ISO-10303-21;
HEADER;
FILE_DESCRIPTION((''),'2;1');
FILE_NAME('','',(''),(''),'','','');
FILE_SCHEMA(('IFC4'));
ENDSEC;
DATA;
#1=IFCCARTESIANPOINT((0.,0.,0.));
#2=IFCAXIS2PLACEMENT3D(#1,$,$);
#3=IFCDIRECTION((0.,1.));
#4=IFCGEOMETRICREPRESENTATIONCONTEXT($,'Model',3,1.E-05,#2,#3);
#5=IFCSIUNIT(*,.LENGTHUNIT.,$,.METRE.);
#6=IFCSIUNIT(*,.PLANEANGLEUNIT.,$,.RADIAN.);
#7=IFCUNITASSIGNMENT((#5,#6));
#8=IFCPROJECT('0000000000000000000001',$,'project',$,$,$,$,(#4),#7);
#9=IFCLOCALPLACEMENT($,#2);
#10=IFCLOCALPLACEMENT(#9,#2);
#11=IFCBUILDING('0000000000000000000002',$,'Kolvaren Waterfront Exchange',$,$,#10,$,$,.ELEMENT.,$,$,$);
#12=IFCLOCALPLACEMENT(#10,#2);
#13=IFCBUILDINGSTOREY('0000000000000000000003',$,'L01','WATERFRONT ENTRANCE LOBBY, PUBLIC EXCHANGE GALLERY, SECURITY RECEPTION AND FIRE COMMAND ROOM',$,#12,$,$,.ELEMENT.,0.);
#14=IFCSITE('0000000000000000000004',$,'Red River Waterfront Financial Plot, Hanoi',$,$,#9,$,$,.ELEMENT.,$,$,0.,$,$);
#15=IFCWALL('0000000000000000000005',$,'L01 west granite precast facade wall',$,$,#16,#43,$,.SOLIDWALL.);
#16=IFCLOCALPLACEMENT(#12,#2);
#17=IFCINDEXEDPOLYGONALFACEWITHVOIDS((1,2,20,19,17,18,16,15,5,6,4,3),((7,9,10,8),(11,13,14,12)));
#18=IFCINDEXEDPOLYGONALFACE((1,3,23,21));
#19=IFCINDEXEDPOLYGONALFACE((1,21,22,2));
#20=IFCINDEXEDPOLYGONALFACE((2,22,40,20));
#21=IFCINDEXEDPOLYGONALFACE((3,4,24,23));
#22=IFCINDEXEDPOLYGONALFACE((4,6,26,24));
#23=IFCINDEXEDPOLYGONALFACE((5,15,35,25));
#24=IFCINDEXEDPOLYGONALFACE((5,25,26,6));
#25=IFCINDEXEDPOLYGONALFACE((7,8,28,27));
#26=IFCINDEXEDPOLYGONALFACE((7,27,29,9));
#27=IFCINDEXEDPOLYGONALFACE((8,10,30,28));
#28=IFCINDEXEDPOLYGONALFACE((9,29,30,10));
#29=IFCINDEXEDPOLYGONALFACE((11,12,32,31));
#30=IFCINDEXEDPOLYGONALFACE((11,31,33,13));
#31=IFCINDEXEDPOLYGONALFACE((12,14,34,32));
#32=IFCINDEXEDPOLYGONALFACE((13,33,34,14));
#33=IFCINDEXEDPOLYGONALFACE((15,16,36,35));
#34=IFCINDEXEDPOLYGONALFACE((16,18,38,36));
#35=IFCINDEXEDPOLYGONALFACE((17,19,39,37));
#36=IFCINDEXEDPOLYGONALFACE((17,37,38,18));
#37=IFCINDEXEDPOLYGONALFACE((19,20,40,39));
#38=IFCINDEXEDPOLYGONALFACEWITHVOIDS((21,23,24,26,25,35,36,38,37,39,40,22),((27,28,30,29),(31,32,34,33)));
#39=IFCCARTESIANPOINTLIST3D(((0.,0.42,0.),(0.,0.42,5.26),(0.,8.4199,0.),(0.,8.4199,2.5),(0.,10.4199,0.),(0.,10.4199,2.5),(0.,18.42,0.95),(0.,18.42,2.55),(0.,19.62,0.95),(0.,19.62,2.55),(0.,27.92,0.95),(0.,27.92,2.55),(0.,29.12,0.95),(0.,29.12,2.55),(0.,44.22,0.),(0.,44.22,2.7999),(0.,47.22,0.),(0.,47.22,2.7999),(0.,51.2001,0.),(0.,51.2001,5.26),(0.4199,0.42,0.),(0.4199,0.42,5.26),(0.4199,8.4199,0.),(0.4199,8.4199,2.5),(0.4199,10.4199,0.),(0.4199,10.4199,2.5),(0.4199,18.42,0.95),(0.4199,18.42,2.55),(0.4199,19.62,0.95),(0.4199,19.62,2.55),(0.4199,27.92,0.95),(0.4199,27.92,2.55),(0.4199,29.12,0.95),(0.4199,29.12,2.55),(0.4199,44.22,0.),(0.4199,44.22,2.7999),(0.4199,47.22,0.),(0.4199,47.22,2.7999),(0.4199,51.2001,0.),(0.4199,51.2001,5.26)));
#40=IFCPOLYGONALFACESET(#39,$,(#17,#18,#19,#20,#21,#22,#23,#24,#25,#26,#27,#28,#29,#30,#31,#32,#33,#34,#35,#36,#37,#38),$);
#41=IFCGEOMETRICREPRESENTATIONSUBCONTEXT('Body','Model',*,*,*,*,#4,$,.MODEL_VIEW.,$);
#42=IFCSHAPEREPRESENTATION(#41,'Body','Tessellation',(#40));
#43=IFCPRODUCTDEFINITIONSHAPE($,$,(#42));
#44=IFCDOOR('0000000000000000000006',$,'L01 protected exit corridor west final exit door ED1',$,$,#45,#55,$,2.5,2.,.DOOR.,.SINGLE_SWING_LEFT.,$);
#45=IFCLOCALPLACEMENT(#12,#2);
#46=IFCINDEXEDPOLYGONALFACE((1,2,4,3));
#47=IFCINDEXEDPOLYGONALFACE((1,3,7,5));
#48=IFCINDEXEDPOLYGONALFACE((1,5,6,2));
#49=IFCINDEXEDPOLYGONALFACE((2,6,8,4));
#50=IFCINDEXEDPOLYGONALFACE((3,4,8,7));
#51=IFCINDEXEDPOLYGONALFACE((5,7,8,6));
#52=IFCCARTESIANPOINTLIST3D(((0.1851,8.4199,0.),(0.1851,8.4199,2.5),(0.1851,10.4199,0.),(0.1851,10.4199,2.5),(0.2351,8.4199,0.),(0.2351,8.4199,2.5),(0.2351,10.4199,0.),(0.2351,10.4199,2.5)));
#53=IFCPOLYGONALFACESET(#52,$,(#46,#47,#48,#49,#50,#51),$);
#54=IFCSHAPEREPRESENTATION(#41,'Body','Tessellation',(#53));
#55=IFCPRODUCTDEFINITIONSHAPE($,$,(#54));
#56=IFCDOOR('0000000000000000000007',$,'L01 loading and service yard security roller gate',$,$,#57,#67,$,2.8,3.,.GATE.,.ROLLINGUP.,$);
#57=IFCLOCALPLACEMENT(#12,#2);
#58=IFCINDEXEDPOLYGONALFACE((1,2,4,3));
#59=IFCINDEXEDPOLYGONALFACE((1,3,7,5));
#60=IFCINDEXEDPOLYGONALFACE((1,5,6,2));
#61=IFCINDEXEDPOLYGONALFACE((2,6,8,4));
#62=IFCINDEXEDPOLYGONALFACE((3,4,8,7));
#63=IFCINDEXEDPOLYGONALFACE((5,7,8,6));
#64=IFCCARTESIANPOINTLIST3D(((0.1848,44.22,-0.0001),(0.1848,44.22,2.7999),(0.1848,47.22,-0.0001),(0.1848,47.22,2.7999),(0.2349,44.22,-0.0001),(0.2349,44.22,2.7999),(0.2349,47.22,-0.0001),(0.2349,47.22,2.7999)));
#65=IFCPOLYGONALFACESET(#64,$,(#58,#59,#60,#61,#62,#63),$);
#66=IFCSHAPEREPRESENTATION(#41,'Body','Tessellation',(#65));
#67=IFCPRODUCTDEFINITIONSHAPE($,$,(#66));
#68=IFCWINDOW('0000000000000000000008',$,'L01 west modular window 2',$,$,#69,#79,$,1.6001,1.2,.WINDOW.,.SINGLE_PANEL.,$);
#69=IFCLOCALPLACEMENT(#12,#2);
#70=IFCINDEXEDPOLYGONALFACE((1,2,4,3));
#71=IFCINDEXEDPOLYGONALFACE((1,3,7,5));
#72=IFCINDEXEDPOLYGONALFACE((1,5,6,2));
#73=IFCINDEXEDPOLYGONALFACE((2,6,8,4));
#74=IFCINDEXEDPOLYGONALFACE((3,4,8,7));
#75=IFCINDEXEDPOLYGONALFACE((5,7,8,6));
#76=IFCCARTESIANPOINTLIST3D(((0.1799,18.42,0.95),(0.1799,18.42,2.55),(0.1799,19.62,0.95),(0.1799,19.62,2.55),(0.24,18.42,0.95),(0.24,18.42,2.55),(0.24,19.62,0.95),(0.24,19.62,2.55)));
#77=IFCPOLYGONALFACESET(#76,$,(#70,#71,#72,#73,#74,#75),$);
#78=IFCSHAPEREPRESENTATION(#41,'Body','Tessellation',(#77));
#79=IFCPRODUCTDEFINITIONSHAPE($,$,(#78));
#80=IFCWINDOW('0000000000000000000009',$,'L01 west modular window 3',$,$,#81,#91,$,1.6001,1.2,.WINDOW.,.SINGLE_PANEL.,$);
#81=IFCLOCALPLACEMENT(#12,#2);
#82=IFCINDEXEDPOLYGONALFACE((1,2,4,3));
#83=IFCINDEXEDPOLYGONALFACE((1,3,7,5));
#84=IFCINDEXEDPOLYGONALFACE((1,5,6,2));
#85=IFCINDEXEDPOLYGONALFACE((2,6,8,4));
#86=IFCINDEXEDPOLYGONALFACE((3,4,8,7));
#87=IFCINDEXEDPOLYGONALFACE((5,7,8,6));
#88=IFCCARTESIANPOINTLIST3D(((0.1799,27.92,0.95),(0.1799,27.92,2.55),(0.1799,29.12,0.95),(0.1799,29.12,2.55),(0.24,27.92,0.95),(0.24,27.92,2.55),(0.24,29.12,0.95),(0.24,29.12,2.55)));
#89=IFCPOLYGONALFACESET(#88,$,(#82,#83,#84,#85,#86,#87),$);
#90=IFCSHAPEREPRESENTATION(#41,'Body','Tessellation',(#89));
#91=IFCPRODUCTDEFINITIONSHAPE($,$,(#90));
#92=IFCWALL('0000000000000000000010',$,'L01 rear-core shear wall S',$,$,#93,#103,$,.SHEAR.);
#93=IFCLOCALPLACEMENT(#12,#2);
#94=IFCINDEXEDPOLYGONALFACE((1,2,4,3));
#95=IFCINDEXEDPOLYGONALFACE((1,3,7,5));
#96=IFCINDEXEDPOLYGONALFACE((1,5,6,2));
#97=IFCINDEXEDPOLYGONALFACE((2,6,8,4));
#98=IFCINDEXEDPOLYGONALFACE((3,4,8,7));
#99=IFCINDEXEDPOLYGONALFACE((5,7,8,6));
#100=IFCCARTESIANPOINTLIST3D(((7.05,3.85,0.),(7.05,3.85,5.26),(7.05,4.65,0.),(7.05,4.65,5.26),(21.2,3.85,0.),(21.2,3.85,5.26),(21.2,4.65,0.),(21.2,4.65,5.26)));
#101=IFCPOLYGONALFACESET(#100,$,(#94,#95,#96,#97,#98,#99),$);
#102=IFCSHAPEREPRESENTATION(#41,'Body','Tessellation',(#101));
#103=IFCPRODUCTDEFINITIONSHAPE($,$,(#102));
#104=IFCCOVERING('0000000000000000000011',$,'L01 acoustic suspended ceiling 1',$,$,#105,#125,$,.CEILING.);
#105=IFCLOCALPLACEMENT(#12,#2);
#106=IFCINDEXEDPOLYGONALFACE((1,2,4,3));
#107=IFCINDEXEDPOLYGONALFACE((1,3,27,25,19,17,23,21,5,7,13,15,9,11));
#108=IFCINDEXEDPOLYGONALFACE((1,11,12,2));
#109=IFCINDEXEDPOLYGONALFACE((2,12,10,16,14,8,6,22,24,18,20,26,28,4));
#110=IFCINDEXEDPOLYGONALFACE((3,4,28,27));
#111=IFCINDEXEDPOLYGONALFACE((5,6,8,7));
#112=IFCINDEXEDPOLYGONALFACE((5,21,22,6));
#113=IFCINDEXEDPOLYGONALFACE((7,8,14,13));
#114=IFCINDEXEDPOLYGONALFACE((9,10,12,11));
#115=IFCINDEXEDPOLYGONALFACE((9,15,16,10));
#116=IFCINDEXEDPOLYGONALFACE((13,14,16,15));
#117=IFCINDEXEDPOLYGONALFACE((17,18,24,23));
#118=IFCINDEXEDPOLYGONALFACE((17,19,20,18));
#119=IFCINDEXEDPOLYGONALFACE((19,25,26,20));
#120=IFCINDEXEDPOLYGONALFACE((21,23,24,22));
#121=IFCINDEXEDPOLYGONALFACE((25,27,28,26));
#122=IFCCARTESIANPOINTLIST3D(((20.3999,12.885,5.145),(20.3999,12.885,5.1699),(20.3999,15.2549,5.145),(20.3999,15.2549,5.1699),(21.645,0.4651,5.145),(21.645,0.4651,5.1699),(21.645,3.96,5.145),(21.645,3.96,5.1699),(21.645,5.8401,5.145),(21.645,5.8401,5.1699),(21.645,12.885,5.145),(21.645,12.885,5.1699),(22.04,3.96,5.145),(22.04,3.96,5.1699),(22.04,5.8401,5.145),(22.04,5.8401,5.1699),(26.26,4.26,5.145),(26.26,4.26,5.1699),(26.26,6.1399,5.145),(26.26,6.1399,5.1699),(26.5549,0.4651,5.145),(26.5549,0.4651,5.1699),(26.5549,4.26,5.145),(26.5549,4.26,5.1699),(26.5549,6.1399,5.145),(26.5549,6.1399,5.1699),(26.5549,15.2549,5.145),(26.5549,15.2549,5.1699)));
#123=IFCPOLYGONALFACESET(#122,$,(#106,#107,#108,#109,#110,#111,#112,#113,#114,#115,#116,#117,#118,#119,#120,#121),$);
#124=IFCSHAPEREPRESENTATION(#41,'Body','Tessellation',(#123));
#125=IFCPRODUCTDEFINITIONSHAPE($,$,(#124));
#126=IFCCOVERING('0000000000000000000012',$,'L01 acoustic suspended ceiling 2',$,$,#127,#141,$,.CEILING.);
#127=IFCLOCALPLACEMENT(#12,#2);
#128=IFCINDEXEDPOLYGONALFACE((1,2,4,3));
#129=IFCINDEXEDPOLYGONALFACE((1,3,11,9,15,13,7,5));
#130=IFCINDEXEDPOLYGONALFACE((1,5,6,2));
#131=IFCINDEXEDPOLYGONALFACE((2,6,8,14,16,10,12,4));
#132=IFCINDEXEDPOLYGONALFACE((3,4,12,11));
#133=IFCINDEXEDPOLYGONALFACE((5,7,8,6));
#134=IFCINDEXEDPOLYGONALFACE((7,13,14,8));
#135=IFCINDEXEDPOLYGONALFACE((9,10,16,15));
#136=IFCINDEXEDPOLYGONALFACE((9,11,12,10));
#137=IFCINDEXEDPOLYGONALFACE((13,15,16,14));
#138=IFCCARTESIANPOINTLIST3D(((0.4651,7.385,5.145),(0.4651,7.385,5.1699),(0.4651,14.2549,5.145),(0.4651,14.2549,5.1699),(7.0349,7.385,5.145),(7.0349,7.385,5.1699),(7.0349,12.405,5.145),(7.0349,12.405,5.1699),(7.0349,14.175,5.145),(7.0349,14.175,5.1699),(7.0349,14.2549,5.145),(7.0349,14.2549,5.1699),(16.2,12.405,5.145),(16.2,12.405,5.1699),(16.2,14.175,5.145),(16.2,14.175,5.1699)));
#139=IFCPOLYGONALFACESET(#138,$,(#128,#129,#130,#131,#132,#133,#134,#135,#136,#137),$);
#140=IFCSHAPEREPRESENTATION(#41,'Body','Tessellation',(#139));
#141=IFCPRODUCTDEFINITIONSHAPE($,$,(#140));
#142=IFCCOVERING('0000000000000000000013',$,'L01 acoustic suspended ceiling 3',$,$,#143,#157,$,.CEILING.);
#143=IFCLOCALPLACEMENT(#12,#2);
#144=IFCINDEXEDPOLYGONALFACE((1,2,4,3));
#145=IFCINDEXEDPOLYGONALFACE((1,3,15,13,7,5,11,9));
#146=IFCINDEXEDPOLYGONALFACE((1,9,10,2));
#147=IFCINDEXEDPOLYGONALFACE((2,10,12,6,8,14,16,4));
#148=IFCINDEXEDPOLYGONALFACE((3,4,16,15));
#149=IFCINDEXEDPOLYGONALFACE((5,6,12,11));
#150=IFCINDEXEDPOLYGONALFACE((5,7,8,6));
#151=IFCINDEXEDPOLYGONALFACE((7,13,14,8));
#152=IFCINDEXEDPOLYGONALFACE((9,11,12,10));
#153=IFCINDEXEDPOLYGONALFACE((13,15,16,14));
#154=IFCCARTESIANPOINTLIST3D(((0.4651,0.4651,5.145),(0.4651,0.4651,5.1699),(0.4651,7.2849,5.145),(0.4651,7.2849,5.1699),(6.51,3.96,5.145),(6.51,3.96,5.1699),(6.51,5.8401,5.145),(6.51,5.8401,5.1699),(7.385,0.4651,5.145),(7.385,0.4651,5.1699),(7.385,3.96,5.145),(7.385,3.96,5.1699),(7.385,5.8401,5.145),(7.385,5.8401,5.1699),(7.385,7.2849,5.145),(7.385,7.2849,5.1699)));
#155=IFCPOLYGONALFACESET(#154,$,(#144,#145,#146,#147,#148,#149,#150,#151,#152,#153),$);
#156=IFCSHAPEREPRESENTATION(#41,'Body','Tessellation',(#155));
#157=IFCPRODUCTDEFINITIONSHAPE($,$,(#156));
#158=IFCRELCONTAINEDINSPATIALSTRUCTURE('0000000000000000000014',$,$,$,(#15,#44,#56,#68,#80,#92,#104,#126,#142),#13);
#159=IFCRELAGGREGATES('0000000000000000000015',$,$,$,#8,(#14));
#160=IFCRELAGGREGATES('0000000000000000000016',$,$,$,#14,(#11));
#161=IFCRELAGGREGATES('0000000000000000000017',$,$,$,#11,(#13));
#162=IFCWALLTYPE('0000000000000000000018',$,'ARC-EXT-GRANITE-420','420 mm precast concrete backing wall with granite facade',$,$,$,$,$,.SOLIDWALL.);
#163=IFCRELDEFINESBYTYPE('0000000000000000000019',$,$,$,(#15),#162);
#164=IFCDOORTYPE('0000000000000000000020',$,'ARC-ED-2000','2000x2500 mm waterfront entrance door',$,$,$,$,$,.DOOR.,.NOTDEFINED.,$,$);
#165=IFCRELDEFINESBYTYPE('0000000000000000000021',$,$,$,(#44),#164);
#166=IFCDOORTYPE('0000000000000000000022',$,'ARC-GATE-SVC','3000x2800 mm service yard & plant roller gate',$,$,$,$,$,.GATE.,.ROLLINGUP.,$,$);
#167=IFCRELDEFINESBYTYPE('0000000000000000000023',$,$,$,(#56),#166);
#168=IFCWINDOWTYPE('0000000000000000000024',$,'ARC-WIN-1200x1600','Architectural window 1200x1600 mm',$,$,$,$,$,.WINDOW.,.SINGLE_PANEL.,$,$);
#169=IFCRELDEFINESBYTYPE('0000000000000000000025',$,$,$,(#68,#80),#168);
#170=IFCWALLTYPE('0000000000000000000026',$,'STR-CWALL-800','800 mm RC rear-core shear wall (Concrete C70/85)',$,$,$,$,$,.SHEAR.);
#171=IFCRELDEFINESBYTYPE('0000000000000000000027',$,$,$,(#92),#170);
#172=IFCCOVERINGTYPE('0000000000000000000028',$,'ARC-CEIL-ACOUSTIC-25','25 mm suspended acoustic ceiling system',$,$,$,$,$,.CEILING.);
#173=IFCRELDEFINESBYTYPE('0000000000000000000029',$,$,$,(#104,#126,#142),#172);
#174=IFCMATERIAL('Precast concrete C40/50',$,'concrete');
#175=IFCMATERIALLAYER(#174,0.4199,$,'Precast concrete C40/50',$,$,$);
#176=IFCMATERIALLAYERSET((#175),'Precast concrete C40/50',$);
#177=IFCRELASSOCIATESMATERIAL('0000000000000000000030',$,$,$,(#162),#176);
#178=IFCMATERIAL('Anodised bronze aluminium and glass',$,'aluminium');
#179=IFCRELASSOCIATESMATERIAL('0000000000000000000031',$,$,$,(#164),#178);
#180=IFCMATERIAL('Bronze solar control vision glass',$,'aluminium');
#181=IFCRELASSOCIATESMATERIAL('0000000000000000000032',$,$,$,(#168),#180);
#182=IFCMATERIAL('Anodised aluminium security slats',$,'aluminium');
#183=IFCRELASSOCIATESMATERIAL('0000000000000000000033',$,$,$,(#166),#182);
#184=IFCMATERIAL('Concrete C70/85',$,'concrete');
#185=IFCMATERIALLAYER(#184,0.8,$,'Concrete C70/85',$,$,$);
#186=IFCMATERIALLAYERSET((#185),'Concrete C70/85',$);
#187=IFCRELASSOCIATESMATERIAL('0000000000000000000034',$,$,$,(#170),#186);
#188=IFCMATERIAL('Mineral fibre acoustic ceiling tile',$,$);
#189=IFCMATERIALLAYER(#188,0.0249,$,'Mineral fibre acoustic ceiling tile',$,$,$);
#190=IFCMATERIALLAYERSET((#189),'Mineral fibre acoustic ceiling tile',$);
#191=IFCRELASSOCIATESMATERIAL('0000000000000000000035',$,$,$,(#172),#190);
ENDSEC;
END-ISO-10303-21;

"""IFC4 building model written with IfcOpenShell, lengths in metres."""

from ifc_helpers import new_model, si_unit, direction, frame, frame_2d, origin, place, context, subcontext, project, spatial, polyline, rectangle, outline, extrude, material, layer, layer_set, type_object, element, fill, save


model = new_model("IFC4")

# Units and contexts
model_context = context("Model", 3, precision=1e-05, world=origin(), true_north=direction((0.0, 1.0)))
body_context = subcontext(model_context, "Body", "Model", "MODEL_VIEW")
ifc_project = project(units=[si_unit("LENGTHUNIT", "METRE"), si_unit("PLANEANGLEUNIT", "RADIAN")], contexts=[model_context])

# Site, building, storey
site_placement = place(None, origin())
site = spatial("IfcSite", under=ifc_project, at=site_placement, Name="Red River Waterfront Financial Plot, Hanoi", CompositionType="ELEMENT", RefElevation=0.0)
building_placement = place(site_placement, origin())
building = spatial("IfcBuilding", under=site, at=building_placement, Name="Kolvaren Waterfront Exchange", CompositionType="ELEMENT")
storey_placement = place(building_placement, origin())
storey = spatial("IfcBuildingStorey", under=building, at=storey_placement, Name="L01", Description="WATERFRONT ENTRANCE LOBBY, PUBLIC EXCHANGE GALLERY, SECURITY RECEPTION AND FIRE COMMAND ROOM", CompositionType="ELEMENT", Elevation=0.0)

# Shared definitions
ifc_material_1 = material(Name="Precast concrete C40/50", Category="concrete")

# Wall, openings, doors, windows
ifc_layer_1 = layer(ifc_material_1, 0.4199, Name="Precast concrete C40/50")
ifc_layer_set_1 = layer_set([ifc_layer_1], Name="Precast concrete C40/50")
wall_type_1 = type_object("IfcWallType", Name="ARC-EXT-GRANITE-420", Description="420 mm precast concrete backing wall with granite facade", PredefinedType="SOLIDWALL", material=ifc_layer_set_1)
ifc_material_2 = material(Name="Anodised bronze aluminium and glass", Category="aluminium")
door_type_1 = type_object("IfcDoorType", Name="ARC-ED-2000", Description="2000x2500 mm waterfront entrance door", OperationType="NOTDEFINED", PredefinedType="DOOR", material=ifc_material_2)
ifc_material_3 = material(Name="Bronze solar control vision glass", Category="aluminium")
window_type = type_object("IfcWindowType", Name="ARC-WIN-1200x1600", Description="Architectural window 1200x1600 mm", PartitioningType="SINGLE_PANEL", PredefinedType="WINDOW", material=ifc_material_3)
wall_1_placement = place(storey_placement, frame((0.21, 0.4199, 0.0), z_axis=(0.0, 0.0, 1.0), x_axis=(0.0, 1.0, 0.0)))
wall_1 = element("IfcWall", 1, at=wall_1_placement, inside=storey, type_object=wall_type_1, Name="L01 west granite precast facade wall", PredefinedType="SOLIDWALL", context=body_context, shape_type="SweptSolid", body=[
    extrude(rectangle(XDim=50.78, YDim=0.4199, at=frame_2d((25.3901, 0.0))), origin(), (0.0, 0.0, 1.0), 5.26),
])
opening_1_placement = place(wall_1_placement, frame((18.0, 0.0, 0.95)))
opening_1 = element("IfcOpeningElement", 2, at=opening_1_placement, cuts=wall_1, PredefinedType="OPENING", context=body_context, shape_type="SweptSolid", body=[
    extrude(rectangle(XDim=1.2, YDim=1.6001, at=frame_2d((0.6001, 0.8))), frame((0.0, 0.22, 0.0), z_axis=(0.0, -1.0, 0.0), x_axis=(1.0, 0.0, 0.0)), (0.0, 0.0, 1.0), 0.4399),
])
opening_2_placement = place(wall_1_placement, frame((27.5, 0.0, 0.95)))
opening_2 = element("IfcOpeningElement", 3, at=opening_2_placement, cuts=wall_1, PredefinedType="OPENING", context=body_context, shape_type="SweptSolid", body=[
    extrude(rectangle(XDim=1.2, YDim=1.6001, at=frame_2d((0.6001, 0.8))), frame((0.0, 0.22, 0.0), z_axis=(0.0, -1.0, 0.0), x_axis=(1.0, 0.0, 0.0)), (0.0, 0.0, 1.0), 0.4399),
])
opening_3_placement = place(wall_1_placement, frame((8.0, 0.0, 0.0)))
opening_3 = element("IfcOpeningElement", 4, at=opening_3_placement, cuts=wall_1, PredefinedType="OPENING", context=body_context, shape_type="SweptSolid", body=[
    extrude(rectangle(XDim=2.0, YDim=2.5, at=frame_2d((1.0, 1.25))), frame((0.0, 0.22, 0.0), z_axis=(0.0, -1.0, 0.0), x_axis=(1.0, 0.0, 0.0)), (0.0, 0.0, 1.0), 0.4399),
])
opening_4_placement = place(wall_1_placement, frame((43.8, 0.0, 0.0)))
opening_4 = element("IfcOpeningElement", 5, at=opening_4_placement, cuts=wall_1, PredefinedType="OPENING", context=body_context, shape_type="SweptSolid", body=[
    extrude(rectangle(XDim=3.0, YDim=2.8, at=frame_2d((1.5, 1.3999))), frame((0.0, 0.22, 0.0), z_axis=(0.0, -1.0, 0.0), x_axis=(1.0, 0.0, 0.0)), (0.0, 0.0, 1.0), 0.4399),
])
door_1_placement = place(opening_3_placement, origin())
door_1 = element("IfcDoor", 6, at=door_1_placement, inside=storey, type_object=door_type_1, Name="L01 protected exit corridor west final exit door ED1", OperationType="SINGLE_SWING_LEFT", OverallHeight=2.5, OverallWidth=2.0, PredefinedType="DOOR", context=body_context, shape_type="SweptSolid", body=[
    extrude(rectangle(XDim=2.0, YDim=2.5, at=frame_2d((1.0, 1.25))), frame((0.0, 0.0249, 0.0), z_axis=(0.0, -1.0, 0.0), x_axis=(1.0, 0.0, 0.0)), (0.0, 0.0, 1.0), 0.05),
])
fill(opening_3, door_1)
ifc_material_4 = material(Name="Anodised aluminium security slats", Category="aluminium")
door_type_2 = type_object("IfcDoorType", Name="ARC-GATE-SVC", Description="3000x2800 mm service yard & plant roller gate", OperationType="ROLLINGUP", PredefinedType="GATE", material=ifc_material_4)
door_2_placement = place(opening_4_placement, frame((3.0, 0.0, 0.0), z_axis=(0.0, 0.0, 1.0), x_axis=(-1.0, 0.0, 0.0)))
door_2 = element("IfcDoor", 7, at=door_2_placement, inside=storey, type_object=door_type_2, Name="L01 loading and service yard security roller gate", OperationType="ROLLINGUP", OverallHeight=2.8, OverallWidth=3.0, PredefinedType="GATE", context=body_context, shape_type="SweptSolid", body=[
    extrude(rectangle(XDim=3.0, YDim=2.8, at=frame_2d((1.5, 1.3999))), frame((0.0, 0.0249, 0.0), z_axis=(0.0, -1.0, 0.0), x_axis=(1.0, 0.0, 0.0)), (0.0, 0.0, 1.0), 0.05),
])
fill(opening_4, door_2)
window_1_placement = place(opening_1_placement, origin())
window_1 = element("IfcWindow", 8, at=window_1_placement, inside=storey, type_object=window_type, Name="L01 west modular window 2", OverallHeight=1.6001, OverallWidth=1.2, PartitioningType="SINGLE_PANEL", PredefinedType="WINDOW", context=body_context, shape_type="SweptSolid", body=[
    extrude(rectangle(XDim=1.2, YDim=1.6001, at=frame_2d((0.6001, 0.8))), frame((0.0, 0.03, 0.0), z_axis=(0.0, -1.0, 0.0), x_axis=(1.0, 0.0, 0.0)), (0.0, 0.0, 1.0), 0.0601),
])
fill(opening_1, window_1)
window_2_placement = place(opening_2_placement, origin())
window_2 = element("IfcWindow", 9, at=window_2_placement, inside=storey, type_object=window_type, Name="L01 west modular window 3", OverallHeight=1.6001, OverallWidth=1.2, PartitioningType="SINGLE_PANEL", PredefinedType="WINDOW", context=body_context, shape_type="SweptSolid", body=[
    extrude(rectangle(XDim=1.2, YDim=1.6001, at=frame_2d((0.6001, 0.8))), frame((0.0, 0.03, 0.0), z_axis=(0.0, -1.0, 0.0), x_axis=(1.0, 0.0, 0.0)), (0.0, 0.0, 1.0), 0.0601),
])
fill(opening_2, window_2)

# Wall
ifc_material_5 = material(Name="Concrete C70/85", Category="concrete")
ifc_layer_2 = layer(ifc_material_5, 0.8, Name="Concrete C70/85")
ifc_layer_set_2 = layer_set([ifc_layer_2], Name="Concrete C70/85")
wall_type_2 = type_object("IfcWallType", Name="STR-CWALL-800", Description="800 mm RC rear-core shear wall (Concrete C70/85)", PredefinedType="SHEAR", material=ifc_layer_set_2)
wall_2_placement = place(storey_placement, frame((7.05, 4.25, 0.0), z_axis=(0.0, 0.0, 1.0), x_axis=(1.0, 0.0, 0.0)))
element("IfcWall", 10, at=wall_2_placement, inside=storey, type_object=wall_type_2, Name="L01 rear-core shear wall S", PredefinedType="SHEAR", context=body_context, shape_type="SweptSolid", body=[
    extrude(rectangle(XDim=14.1499, YDim=0.8, at=frame_2d((7.075, 0.0))), origin(), (0.0, 0.0, 1.0), 5.26),
])

# Coverings
ifc_material_6 = material(Name="Mineral fibre acoustic ceiling tile")
ifc_layer_3 = layer(ifc_material_6, 0.0249, Name="Mineral fibre acoustic ceiling tile")
ifc_layer_set_3 = layer_set([ifc_layer_3], Name="Mineral fibre acoustic ceiling tile")
covering_type_1 = type_object("IfcCoveringType", Name="ARC-CEIL-ACOUSTIC-25", Description="25 mm suspended acoustic ceiling system", PredefinedType="CEILING", material=ifc_layer_set_3)
covering_1_placement = place(storey_placement, frame((0.0, 0.0, 5.145)))
element("IfcCovering", 11, at=covering_1_placement, inside=storey, type_object=covering_type_1, Name="L01 acoustic suspended ceiling 1", PredefinedType="CEILING", context=body_context, shape_type="SweptSolid", body=[
    extrude(outline(polyline([(26.5549, 4.26), (26.26, 4.26), (26.26, 6.1399), (26.5549, 6.1399), (26.5549, 15.2549), (20.3999, 15.2549), (20.3999, 12.885), (21.645, 12.885), (21.645, 5.8401), (22.04, 5.8401), (22.04, 3.96), (21.645, 3.96), (21.645, 0.4651), (26.5549, 0.4651), (26.5549, 4.26)])), origin(), (0.0, 0.0, 1.0), 0.0249),
])
covering_2_placement = place(storey_placement, frame((0.0, 0.0, 5.145)))
element("IfcCovering", 12, at=covering_2_placement, inside=storey, type_object=covering_type_1, Name="L01 acoustic suspended ceiling 2", PredefinedType="CEILING", context=body_context, shape_type="SweptSolid", body=[
    extrude(outline(polyline([(7.0349, 14.175), (7.0349, 14.2549), (0.4651, 14.2549), (0.4651, 7.385), (7.0349, 7.385), (7.0349, 12.405), (16.2, 12.405), (16.2, 14.175), (7.0349, 14.175)])), origin(), (0.0, 0.0, 1.0), 0.0249),
])
covering_3_placement = place(storey_placement, frame((0.0, 0.0, 5.145)))
element("IfcCovering", 13, at=covering_3_placement, inside=storey, type_object=covering_type_1, Name="L01 acoustic suspended ceiling 3", PredefinedType="CEILING", context=body_context, shape_type="SweptSolid", body=[
    extrude(outline(polyline([(7.385, 3.96), (6.51, 3.96), (6.51, 5.8401), (7.385, 5.8401), (7.385, 7.2849), (0.4651, 7.2849), (0.4651, 0.4651), (7.385, 0.4651), (7.385, 3.96)])), origin(), (0.0, 0.0, 1.0), 0.0249),
])

save(model, "model.ifc")
